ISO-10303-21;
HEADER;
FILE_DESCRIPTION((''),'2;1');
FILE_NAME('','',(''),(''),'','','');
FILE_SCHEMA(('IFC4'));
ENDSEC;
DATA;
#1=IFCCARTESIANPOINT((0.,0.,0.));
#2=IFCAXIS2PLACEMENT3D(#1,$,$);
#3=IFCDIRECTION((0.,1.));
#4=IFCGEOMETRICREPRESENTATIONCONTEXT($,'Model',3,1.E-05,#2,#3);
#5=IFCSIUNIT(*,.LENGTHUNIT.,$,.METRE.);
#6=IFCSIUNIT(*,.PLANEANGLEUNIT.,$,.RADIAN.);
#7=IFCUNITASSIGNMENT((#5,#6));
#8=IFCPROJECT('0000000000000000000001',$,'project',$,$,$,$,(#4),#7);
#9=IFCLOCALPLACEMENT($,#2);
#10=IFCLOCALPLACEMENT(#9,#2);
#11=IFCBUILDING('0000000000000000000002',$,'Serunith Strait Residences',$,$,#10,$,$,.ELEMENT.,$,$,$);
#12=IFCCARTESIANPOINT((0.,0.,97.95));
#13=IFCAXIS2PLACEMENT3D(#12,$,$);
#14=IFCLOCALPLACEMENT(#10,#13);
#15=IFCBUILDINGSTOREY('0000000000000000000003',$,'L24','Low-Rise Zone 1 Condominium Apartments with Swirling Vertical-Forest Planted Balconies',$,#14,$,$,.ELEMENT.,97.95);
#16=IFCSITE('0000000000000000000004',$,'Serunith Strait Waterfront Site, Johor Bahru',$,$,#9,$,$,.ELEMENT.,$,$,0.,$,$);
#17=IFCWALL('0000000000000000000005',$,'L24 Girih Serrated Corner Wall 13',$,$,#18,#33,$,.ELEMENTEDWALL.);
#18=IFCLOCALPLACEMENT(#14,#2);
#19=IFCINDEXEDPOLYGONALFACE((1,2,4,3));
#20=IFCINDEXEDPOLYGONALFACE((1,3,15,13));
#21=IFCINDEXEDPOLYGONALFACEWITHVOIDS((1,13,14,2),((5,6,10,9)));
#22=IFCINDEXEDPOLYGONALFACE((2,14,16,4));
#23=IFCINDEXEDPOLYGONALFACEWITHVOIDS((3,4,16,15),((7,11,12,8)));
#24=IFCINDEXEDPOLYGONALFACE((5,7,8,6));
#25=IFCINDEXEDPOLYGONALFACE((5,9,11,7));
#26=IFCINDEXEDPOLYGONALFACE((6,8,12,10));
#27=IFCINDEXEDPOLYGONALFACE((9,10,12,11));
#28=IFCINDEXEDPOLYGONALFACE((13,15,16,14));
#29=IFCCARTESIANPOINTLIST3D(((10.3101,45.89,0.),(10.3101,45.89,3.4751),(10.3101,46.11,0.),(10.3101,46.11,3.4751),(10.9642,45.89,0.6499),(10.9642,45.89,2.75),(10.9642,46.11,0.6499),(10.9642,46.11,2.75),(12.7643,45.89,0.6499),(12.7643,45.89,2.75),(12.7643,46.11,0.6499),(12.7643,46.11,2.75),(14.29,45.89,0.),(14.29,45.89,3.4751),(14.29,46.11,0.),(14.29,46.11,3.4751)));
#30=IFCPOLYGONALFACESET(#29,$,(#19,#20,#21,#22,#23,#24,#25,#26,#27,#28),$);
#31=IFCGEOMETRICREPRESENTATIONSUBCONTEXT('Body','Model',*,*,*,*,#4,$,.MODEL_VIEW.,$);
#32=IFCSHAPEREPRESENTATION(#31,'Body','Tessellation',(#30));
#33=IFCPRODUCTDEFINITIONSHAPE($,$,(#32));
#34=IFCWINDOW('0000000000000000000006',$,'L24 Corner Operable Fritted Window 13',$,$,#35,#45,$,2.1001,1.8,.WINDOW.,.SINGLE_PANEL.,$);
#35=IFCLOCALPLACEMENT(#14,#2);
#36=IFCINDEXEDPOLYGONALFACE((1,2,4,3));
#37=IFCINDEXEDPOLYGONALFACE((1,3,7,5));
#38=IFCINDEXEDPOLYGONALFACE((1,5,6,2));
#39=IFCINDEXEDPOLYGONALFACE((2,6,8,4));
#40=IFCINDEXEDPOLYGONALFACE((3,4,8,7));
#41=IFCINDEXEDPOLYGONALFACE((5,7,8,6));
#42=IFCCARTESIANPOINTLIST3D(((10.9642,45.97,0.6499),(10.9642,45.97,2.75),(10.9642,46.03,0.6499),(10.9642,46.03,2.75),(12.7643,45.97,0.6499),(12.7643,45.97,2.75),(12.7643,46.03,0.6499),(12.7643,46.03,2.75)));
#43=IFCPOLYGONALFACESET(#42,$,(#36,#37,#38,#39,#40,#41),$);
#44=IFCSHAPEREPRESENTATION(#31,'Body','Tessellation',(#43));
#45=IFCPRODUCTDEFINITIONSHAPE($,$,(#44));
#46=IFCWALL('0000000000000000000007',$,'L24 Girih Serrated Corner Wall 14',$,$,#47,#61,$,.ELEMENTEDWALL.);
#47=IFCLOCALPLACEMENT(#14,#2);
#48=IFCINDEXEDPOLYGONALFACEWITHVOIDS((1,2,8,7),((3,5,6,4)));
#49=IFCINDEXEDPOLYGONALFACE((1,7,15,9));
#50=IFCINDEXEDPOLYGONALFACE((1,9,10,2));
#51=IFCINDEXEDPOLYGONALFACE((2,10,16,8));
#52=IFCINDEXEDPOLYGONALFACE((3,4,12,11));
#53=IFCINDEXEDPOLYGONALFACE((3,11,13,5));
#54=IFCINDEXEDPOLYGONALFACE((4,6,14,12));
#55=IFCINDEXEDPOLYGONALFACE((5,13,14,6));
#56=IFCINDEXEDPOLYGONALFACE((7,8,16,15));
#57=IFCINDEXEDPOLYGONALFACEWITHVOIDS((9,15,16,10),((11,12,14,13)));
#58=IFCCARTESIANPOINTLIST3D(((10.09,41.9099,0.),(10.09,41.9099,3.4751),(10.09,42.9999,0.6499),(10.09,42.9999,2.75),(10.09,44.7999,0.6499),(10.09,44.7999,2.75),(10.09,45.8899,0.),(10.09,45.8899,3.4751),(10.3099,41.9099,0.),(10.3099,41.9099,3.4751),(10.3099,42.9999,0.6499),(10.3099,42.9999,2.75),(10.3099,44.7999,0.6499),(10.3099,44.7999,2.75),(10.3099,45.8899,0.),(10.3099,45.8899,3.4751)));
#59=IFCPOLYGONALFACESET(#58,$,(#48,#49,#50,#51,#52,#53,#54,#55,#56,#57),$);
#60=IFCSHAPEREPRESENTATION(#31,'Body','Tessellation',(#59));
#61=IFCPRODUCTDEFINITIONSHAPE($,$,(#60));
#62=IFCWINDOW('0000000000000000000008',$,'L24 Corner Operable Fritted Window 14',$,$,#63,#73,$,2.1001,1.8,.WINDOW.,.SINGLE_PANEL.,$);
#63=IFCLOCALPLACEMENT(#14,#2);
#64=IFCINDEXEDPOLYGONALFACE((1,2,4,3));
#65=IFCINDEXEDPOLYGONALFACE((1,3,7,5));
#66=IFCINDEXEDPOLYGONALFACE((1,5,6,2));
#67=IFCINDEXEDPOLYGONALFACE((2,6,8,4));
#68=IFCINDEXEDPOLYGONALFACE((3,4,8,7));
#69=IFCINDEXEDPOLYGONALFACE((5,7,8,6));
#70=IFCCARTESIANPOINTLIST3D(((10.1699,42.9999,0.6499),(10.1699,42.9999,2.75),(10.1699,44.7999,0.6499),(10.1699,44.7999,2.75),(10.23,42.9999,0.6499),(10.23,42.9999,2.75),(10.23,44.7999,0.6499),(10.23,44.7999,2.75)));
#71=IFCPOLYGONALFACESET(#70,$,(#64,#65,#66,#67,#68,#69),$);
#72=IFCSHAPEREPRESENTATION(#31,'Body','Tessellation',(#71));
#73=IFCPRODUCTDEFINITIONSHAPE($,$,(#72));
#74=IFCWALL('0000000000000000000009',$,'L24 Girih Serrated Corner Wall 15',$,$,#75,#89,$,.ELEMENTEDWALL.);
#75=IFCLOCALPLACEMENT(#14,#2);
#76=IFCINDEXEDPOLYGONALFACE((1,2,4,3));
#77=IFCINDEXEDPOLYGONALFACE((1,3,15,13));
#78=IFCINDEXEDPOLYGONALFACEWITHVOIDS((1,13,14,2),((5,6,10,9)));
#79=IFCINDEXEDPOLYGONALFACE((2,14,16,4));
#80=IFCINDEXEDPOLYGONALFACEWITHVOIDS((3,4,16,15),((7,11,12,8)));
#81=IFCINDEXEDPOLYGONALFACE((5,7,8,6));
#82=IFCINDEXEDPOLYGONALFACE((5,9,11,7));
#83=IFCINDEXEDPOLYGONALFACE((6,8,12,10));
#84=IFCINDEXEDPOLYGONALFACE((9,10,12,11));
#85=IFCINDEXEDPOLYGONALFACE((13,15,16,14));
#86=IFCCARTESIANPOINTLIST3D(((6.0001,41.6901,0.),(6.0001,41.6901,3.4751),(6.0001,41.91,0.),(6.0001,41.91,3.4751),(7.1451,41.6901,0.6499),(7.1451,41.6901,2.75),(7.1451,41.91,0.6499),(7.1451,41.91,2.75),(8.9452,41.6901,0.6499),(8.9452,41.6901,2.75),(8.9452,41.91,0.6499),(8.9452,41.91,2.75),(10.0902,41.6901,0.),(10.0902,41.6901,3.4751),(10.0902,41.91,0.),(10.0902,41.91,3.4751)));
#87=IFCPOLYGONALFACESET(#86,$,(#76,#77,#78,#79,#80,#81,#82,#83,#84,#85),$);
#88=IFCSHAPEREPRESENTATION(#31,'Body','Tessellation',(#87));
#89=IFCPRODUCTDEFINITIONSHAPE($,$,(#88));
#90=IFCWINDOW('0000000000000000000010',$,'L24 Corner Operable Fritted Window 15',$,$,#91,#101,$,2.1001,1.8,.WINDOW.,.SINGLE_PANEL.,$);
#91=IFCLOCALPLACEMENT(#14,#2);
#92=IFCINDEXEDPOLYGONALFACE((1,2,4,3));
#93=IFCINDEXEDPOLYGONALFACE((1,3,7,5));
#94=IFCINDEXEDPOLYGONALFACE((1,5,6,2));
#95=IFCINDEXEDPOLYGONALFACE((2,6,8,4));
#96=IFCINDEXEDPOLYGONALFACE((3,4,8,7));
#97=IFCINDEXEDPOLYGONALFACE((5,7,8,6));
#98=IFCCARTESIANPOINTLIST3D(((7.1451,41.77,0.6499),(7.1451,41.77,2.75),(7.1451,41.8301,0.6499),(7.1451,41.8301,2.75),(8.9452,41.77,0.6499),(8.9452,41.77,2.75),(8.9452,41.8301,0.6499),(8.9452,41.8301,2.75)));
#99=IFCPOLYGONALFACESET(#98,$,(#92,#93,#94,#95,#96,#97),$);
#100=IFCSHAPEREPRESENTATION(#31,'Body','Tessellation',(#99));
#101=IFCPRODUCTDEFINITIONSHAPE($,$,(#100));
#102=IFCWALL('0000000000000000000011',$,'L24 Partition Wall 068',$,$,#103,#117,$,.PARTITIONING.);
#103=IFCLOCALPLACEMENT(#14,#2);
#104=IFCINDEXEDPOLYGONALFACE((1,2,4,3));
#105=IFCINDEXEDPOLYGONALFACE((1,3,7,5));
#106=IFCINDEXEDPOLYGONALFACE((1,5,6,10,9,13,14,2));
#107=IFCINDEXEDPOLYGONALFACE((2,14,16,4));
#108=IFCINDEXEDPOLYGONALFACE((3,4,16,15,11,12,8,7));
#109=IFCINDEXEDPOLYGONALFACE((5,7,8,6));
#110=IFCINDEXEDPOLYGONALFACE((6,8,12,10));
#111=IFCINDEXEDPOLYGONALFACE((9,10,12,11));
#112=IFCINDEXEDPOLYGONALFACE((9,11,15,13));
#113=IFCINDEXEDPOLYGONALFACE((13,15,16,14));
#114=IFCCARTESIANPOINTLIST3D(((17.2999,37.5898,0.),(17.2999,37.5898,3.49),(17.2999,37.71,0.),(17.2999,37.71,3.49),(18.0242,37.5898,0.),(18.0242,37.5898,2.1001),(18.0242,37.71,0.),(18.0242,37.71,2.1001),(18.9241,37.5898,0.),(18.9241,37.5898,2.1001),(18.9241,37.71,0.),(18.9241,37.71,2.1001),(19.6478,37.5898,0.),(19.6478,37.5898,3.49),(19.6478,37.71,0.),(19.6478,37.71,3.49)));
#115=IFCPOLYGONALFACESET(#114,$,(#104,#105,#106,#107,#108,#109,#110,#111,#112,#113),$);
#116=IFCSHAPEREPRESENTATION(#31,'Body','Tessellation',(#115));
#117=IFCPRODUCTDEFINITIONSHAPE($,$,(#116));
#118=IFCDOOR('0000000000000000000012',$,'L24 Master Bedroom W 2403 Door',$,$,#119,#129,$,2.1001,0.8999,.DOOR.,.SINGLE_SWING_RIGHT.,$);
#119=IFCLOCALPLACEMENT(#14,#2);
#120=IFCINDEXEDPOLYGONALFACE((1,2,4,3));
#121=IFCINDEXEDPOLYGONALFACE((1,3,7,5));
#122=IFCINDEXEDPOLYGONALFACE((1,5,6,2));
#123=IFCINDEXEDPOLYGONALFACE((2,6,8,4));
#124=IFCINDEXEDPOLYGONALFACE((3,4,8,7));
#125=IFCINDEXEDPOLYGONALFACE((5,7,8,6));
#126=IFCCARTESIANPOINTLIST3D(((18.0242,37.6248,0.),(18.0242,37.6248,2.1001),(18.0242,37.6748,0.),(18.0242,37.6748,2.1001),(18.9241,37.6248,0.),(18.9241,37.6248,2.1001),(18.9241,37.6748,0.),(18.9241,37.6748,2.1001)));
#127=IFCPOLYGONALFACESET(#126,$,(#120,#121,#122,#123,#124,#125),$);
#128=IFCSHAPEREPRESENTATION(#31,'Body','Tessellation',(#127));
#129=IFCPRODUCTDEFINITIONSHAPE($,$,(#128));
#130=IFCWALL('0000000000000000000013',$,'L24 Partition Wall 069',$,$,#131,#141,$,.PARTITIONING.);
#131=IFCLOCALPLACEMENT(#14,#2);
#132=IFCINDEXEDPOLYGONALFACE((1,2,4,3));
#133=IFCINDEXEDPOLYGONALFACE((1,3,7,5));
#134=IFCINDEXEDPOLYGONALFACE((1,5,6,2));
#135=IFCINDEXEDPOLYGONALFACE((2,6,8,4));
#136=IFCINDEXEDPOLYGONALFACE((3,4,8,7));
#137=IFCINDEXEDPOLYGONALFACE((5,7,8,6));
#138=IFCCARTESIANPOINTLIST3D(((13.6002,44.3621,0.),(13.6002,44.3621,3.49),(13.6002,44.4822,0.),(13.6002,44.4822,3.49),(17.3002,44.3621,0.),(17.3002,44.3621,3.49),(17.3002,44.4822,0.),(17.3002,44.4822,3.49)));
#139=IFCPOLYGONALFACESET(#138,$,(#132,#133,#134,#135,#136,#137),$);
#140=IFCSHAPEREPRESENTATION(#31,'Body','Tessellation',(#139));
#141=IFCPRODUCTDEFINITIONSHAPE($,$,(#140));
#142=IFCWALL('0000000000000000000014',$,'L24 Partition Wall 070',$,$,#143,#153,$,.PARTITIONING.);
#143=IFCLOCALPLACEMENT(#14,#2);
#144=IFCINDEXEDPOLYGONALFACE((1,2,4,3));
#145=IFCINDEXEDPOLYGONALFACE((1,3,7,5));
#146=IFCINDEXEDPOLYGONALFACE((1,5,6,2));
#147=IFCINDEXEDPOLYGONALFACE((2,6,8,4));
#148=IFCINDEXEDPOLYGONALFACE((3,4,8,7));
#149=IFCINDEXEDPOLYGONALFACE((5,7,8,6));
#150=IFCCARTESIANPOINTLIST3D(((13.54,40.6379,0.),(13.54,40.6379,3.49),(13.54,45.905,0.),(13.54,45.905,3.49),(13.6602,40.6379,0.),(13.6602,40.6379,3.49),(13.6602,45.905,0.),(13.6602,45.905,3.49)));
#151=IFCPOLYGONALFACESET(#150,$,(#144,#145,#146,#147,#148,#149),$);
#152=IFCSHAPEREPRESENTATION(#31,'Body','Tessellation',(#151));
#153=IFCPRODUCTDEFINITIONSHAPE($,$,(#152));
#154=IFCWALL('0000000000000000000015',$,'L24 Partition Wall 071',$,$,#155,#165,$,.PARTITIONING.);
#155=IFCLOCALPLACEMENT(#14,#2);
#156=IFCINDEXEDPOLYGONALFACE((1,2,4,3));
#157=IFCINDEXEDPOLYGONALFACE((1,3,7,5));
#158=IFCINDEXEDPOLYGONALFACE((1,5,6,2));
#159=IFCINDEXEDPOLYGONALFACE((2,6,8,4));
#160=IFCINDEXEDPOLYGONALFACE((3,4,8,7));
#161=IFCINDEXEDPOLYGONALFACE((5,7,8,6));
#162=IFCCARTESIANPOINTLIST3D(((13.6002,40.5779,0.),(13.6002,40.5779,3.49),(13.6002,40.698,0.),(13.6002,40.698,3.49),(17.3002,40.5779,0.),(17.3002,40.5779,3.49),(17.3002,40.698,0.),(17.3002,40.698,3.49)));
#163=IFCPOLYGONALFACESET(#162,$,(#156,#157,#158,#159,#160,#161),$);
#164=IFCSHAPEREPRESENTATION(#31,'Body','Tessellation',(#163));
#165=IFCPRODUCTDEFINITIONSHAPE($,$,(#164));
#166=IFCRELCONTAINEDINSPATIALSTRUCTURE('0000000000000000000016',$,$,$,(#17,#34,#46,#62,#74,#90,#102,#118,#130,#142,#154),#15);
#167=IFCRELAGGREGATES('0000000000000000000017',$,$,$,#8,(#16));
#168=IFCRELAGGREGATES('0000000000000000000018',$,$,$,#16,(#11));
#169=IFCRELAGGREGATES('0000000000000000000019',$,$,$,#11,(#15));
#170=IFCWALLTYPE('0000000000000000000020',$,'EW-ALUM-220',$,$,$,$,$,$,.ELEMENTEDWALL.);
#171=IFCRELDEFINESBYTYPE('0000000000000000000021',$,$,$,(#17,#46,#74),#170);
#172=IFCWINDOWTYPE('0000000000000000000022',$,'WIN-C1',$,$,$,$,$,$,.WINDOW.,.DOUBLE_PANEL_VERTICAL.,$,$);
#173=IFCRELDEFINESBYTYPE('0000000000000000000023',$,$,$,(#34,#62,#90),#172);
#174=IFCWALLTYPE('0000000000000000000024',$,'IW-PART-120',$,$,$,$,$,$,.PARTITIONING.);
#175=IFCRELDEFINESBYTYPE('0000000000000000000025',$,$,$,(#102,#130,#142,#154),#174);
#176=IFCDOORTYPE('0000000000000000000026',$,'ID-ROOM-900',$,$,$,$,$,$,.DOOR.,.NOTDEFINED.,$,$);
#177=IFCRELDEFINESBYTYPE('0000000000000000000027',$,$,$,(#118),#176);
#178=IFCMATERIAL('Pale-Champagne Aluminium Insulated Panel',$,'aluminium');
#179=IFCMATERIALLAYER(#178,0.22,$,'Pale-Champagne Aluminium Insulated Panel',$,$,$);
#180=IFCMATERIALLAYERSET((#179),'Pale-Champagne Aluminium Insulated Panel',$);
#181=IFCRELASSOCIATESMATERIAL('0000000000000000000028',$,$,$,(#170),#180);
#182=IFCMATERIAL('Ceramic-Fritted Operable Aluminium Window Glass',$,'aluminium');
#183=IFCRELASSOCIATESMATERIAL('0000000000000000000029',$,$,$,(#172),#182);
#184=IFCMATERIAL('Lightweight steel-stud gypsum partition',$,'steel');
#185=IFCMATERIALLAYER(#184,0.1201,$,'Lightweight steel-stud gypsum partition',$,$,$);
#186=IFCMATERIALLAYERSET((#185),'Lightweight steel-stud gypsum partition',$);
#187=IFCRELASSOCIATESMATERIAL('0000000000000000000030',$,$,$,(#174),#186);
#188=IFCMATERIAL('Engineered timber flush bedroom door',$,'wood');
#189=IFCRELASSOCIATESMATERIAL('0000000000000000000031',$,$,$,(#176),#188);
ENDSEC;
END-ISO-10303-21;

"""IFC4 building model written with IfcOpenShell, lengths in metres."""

from ifc_helpers import new_model, si_unit, direction, frame, frame_2d, origin, place, context, subcontext, project, spatial, rectangle, extrude, source, transform, mapped, material, layer, layer_set, type_object, element, fill, save


model = new_model("IFC4")

# Units and contexts
model_context = context("Model", 3, precision=1e-05, world=origin(), true_north=direction((0.0, 1.0)))
body_context = subcontext(model_context, "Body", "Model", "MODEL_VIEW")
ifc_project = project(units=[si_unit("LENGTHUNIT", "METRE"), si_unit("PLANEANGLEUNIT", "RADIAN")], contexts=[model_context])

# Site, building, storey
site_placement = place(None, origin())
site = spatial("IfcSite", under=ifc_project, at=site_placement, Name="Serunith Strait Waterfront Site, Johor Bahru", CompositionType="ELEMENT", RefElevation=0.0)
building_placement = place(site_placement, origin())
building = spatial("IfcBuilding", under=site, at=building_placement, Name="Serunith Strait Residences", CompositionType="ELEMENT")
storey_placement = place(building_placement, frame((0.0, 0.0, 97.95)))
storey = spatial("IfcBuildingStorey", under=building, at=storey_placement, Name="L24", Description="Low-Rise Zone 1 Condominium Apartments with Swirling Vertical-Forest Planted Balconies", CompositionType="ELEMENT", Elevation=97.95)

# Walls, openings, windows
ifc_material_1 = material(Name="Pale-Champagne Aluminium Insulated Panel", Category="aluminium")
ifc_layer_1 = layer(ifc_material_1, 0.22, Name="Pale-Champagne Aluminium Insulated Panel")
ifc_layer_set_1 = layer_set([ifc_layer_1], Name="Pale-Champagne Aluminium Insulated Panel")
wall_type_1 = type_object("IfcWallType", Name="EW-ALUM-220", PredefinedType="ELEMENTEDWALL", material=ifc_layer_set_1)
ifc_material_2 = material(Name="Ceramic-Fritted Operable Aluminium Window Glass", Category="aluminium")
window_type = type_object("IfcWindowType", Name="WIN-C1", PartitioningType="DOUBLE_PANEL_VERTICAL", PredefinedType="WINDOW", material=ifc_material_2)
shared_shape_1 = source(origin(), body_context, "Body", "SweptSolid", [
    extrude(rectangle(XDim=1.8, YDim=2.1001, at=frame_2d((0.8999, 1.05))), frame((0.0, 0.03, 0.0), z_axis=(0.0, -1.0, 0.0), x_axis=(1.0, 0.0, 0.0)), (0.0, 0.0, 1.0), 0.0601),
])
wall_1_placement = place(storey_placement, frame((14.29, 46.0, 0.0), z_axis=(0.0, 0.0, 1.0), x_axis=(-1.0, 0.0, 0.0)))
wall_1 = element("IfcWall", 1, at=wall_1_placement, inside=storey, type_object=wall_type_1, Name="L24 Girih Serrated Corner Wall 13", PredefinedType="ELEMENTEDWALL", context=body_context, shape_type="SweptSolid", body=[
    extrude(rectangle(XDim=3.98, YDim=0.22, at=frame_2d((1.99, 0.0))), origin(), (0.0, 0.0, 1.0), 3.4751),
])
opening_1_placement = place(wall_1_placement, frame((1.5259, 0.0, 0.6499)))
opening_1 = element("IfcOpeningElement", 2, at=opening_1_placement, cuts=wall_1, PredefinedType="OPENING", context=body_context, shape_type="SweptSolid", body=[
    extrude(rectangle(XDim=1.8, YDim=2.1001, at=frame_2d((0.8999, 1.05))), frame((0.0, 0.1201, 0.0), z_axis=(0.0, -1.0, 0.0), x_axis=(1.0, 0.0, 0.0)), (0.0, 0.0, 1.0), 0.24),
])
window_1_placement = place(opening_1_placement, origin())
window_1 = element("IfcWindow", 3, at=window_1_placement, inside=storey, type_object=window_type, Name="L24 Corner Operable Fritted Window 13", OverallHeight=2.1001, OverallWidth=1.8, PartitioningType="SINGLE_PANEL", PredefinedType="WINDOW", context=body_context, shape_type="MappedRepresentation", body=[
    mapped(shared_shape_1, transform((0.0, 0.0, 0.0), scale=1.0)),
])
fill(opening_1, window_1)
wall_2_placement = place(storey_placement, frame((10.2, 45.8899, 0.0), z_axis=(0.0, 0.0, 1.0), x_axis=(0.0, -1.0, 0.0)))
wall_2 = element("IfcWall", 4, at=wall_2_placement, inside=storey, type_object=wall_type_1, Name="L24 Girih Serrated Corner Wall 14", PredefinedType="ELEMENTEDWALL", context=body_context, shape_type="SweptSolid", body=[
    extrude(rectangle(XDim=3.98, YDim=0.22, at=frame_2d((1.99, 0.0))), origin(), (0.0, 0.0, 1.0), 3.4751),
])
opening_2_placement = place(wall_2_placement, frame((1.0901, 0.0, 0.6499)))
opening_2 = element("IfcOpeningElement", 5, at=opening_2_placement, cuts=wall_2, PredefinedType="OPENING", context=body_context, shape_type="SweptSolid", body=[
    extrude(rectangle(XDim=1.8, YDim=2.1001, at=frame_2d((0.8999, 1.05))), frame((0.0, 0.1201, 0.0), z_axis=(0.0, -1.0, 0.0), x_axis=(1.0, 0.0, 0.0)), (0.0, 0.0, 1.0), 0.24),
])
window_2_placement = place(opening_2_placement, origin())
window_2 = element("IfcWindow", 6, at=window_2_placement, inside=storey, type_object=window_type, Name="L24 Corner Operable Fritted Window 14", OverallHeight=2.1001, OverallWidth=1.8, PartitioningType="SINGLE_PANEL", PredefinedType="WINDOW", context=body_context, shape_type="MappedRepresentation", body=[
    mapped(shared_shape_1, transform((0.0, 0.0, 0.0), scale=1.0)),
])
fill(opening_2, window_2)
wall_3_placement = place(storey_placement, frame((10.0901, 41.8, 0.0), z_axis=(0.0, 0.0, 1.0), x_axis=(-1.0, 0.0, 0.0)))
wall_3 = element("IfcWall", 7, at=wall_3_placement, inside=storey, type_object=wall_type_1, Name="L24 Girih Serrated Corner Wall 15", PredefinedType="ELEMENTEDWALL", context=body_context, shape_type="SweptSolid", body=[
    extrude(rectangle(XDim=4.0901, YDim=0.22, at=frame_2d((2.0449, 0.0))), origin(), (0.0, 0.0, 1.0), 3.4751),
])
opening_3_placement = place(wall_3_placement, frame((1.145, 0.0, 0.6499)))
opening_3 = element("IfcOpeningElement", 8, at=opening_3_placement, cuts=wall_3, PredefinedType="OPENING", context=body_context, shape_type="SweptSolid", body=[
    extrude(rectangle(XDim=1.8, YDim=2.1001, at=frame_2d((0.8999, 1.05))), frame((0.0, 0.1201, 0.0), z_axis=(0.0, -1.0, 0.0), x_axis=(1.0, 0.0, 0.0)), (0.0, 0.0, 1.0), 0.24),
])
window_3_placement = place(opening_3_placement, origin())
window_3 = element("IfcWindow", 9, at=window_3_placement, inside=storey, type_object=window_type, Name="L24 Corner Operable Fritted Window 15", OverallHeight=2.1001, OverallWidth=1.8, PartitioningType="SINGLE_PANEL", PredefinedType="WINDOW", context=body_context, shape_type="MappedRepresentation", body=[
    mapped(shared_shape_1, transform((0.0, 0.0, 0.0), scale=1.0)),
])
fill(opening_3, window_3)

# Wall, opening, door
ifc_material_3 = material(Name="Lightweight steel-stud gypsum partition", Category="steel")
ifc_layer_2 = layer(ifc_material_3, 0.1201, Name="Lightweight steel-stud gypsum partition")
ifc_layer_set_2 = layer_set([ifc_layer_2], Name="Lightweight steel-stud gypsum partition")
wall_type_2 = type_object("IfcWallType", Name="IW-PART-120", PredefinedType="PARTITIONING", material=ifc_layer_set_2)
wall_4_placement = place(storey_placement, frame((17.3, 37.6499, 0.0), z_axis=(0.0, 0.0, 1.0), x_axis=(1.0, 0.0, 0.0)))
wall_4 = element("IfcWall", 10, at=wall_4_placement, inside=storey, type_object=wall_type_2, Name="L24 Partition Wall 068", PredefinedType="PARTITIONING", context=body_context, shape_type="SweptSolid", body=[
    extrude(rectangle(XDim=2.3479, YDim=0.1201, at=frame_2d((1.1738, 0.0))), origin(), (0.0, 0.0, 1.0), 3.49),
])
opening_4_placement = place(wall_4_placement, frame((0.7241, 0.0, 0.0)))
opening_4 = element("IfcOpeningElement", 11, at=opening_4_placement, cuts=wall_4, PredefinedType="OPENING", context=body_context, shape_type="SweptSolid", body=[
    extrude(rectangle(XDim=0.8999, YDim=2.1001, at=frame_2d((0.45, 1.05))), frame((0.0, 0.0701, 0.0), z_axis=(0.0, -1.0, 0.0), x_axis=(1.0, 0.0, 0.0)), (0.0, 0.0, 1.0), 0.1401),
])
ifc_material_4 = material(Name="Engineered timber flush bedroom door", Category="wood")
door_type = type_object("IfcDoorType", Name="ID-ROOM-900", OperationType="NOTDEFINED", PredefinedType="DOOR", material=ifc_material_4)
shared_shape_2 = source(origin(), body_context, "Body", "SweptSolid", [
    extrude(rectangle(XDim=0.8999, YDim=2.1001, at=frame_2d((0.45, 1.05))), frame((0.0, 0.0249, 0.0), z_axis=(0.0, -1.0, 0.0), x_axis=(1.0, 0.0, 0.0)), (0.0, 0.0, 1.0), 0.05),
])
door_placement = place(opening_4_placement, origin())
door = element("IfcDoor", 12, at=door_placement, inside=storey, type_object=door_type, Name="L24 Master Bedroom W 2403 Door", OperationType="SINGLE_SWING_RIGHT", OverallHeight=2.1001, OverallWidth=0.8999, PredefinedType="DOOR", context=body_context, shape_type="MappedRepresentation", body=[
    mapped(shared_shape_2, transform((0.0, 0.0, 0.0), scale=1.0)),
])
fill(opening_4, door)

# Walls
wall_5_placement = place(storey_placement, frame((13.6001, 44.4221, 0.0), z_axis=(0.0, 0.0, 1.0), x_axis=(1.0, 0.0, 0.0)))
element("IfcWall", 13, at=wall_5_placement, inside=storey, type_object=wall_type_2, Name="L24 Partition Wall 069", PredefinedType="PARTITIONING", context=body_context, shape_type="SweptSolid", body=[
    extrude(rectangle(XDim=3.7, YDim=0.1201, at=frame_2d((1.8501, 0.0))), origin(), (0.0, 0.0, 1.0), 3.49),
])
wall_6_placement = place(storey_placement, frame((13.6001, 45.905, 0.0), z_axis=(0.0, 0.0, 1.0), x_axis=(0.0, -1.0, 0.0)))
element("IfcWall", 14, at=wall_6_placement, inside=storey, type_object=wall_type_2, Name="L24 Partition Wall 070", PredefinedType="PARTITIONING", context=body_context, shape_type="SweptSolid", body=[
    extrude(rectangle(XDim=5.2671, YDim=0.1201, at=frame_2d((2.6335, 0.0))), origin(), (0.0, 0.0, 1.0), 3.49),
])
wall_7_placement = place(storey_placement, frame((13.6001, 40.6379, 0.0), z_axis=(0.0, 0.0, 1.0), x_axis=(1.0, 0.0, 0.0)))
element("IfcWall", 15, at=wall_7_placement, inside=storey, type_object=wall_type_2, Name="L24 Partition Wall 071", PredefinedType="PARTITIONING", context=body_context, shape_type="SweptSolid", body=[
    extrude(rectangle(XDim=3.7, YDim=0.1201, at=frame_2d((1.8501, 0.0))), origin(), (0.0, 0.0, 1.0), 3.49),
])

save(model, "model.ifc")
